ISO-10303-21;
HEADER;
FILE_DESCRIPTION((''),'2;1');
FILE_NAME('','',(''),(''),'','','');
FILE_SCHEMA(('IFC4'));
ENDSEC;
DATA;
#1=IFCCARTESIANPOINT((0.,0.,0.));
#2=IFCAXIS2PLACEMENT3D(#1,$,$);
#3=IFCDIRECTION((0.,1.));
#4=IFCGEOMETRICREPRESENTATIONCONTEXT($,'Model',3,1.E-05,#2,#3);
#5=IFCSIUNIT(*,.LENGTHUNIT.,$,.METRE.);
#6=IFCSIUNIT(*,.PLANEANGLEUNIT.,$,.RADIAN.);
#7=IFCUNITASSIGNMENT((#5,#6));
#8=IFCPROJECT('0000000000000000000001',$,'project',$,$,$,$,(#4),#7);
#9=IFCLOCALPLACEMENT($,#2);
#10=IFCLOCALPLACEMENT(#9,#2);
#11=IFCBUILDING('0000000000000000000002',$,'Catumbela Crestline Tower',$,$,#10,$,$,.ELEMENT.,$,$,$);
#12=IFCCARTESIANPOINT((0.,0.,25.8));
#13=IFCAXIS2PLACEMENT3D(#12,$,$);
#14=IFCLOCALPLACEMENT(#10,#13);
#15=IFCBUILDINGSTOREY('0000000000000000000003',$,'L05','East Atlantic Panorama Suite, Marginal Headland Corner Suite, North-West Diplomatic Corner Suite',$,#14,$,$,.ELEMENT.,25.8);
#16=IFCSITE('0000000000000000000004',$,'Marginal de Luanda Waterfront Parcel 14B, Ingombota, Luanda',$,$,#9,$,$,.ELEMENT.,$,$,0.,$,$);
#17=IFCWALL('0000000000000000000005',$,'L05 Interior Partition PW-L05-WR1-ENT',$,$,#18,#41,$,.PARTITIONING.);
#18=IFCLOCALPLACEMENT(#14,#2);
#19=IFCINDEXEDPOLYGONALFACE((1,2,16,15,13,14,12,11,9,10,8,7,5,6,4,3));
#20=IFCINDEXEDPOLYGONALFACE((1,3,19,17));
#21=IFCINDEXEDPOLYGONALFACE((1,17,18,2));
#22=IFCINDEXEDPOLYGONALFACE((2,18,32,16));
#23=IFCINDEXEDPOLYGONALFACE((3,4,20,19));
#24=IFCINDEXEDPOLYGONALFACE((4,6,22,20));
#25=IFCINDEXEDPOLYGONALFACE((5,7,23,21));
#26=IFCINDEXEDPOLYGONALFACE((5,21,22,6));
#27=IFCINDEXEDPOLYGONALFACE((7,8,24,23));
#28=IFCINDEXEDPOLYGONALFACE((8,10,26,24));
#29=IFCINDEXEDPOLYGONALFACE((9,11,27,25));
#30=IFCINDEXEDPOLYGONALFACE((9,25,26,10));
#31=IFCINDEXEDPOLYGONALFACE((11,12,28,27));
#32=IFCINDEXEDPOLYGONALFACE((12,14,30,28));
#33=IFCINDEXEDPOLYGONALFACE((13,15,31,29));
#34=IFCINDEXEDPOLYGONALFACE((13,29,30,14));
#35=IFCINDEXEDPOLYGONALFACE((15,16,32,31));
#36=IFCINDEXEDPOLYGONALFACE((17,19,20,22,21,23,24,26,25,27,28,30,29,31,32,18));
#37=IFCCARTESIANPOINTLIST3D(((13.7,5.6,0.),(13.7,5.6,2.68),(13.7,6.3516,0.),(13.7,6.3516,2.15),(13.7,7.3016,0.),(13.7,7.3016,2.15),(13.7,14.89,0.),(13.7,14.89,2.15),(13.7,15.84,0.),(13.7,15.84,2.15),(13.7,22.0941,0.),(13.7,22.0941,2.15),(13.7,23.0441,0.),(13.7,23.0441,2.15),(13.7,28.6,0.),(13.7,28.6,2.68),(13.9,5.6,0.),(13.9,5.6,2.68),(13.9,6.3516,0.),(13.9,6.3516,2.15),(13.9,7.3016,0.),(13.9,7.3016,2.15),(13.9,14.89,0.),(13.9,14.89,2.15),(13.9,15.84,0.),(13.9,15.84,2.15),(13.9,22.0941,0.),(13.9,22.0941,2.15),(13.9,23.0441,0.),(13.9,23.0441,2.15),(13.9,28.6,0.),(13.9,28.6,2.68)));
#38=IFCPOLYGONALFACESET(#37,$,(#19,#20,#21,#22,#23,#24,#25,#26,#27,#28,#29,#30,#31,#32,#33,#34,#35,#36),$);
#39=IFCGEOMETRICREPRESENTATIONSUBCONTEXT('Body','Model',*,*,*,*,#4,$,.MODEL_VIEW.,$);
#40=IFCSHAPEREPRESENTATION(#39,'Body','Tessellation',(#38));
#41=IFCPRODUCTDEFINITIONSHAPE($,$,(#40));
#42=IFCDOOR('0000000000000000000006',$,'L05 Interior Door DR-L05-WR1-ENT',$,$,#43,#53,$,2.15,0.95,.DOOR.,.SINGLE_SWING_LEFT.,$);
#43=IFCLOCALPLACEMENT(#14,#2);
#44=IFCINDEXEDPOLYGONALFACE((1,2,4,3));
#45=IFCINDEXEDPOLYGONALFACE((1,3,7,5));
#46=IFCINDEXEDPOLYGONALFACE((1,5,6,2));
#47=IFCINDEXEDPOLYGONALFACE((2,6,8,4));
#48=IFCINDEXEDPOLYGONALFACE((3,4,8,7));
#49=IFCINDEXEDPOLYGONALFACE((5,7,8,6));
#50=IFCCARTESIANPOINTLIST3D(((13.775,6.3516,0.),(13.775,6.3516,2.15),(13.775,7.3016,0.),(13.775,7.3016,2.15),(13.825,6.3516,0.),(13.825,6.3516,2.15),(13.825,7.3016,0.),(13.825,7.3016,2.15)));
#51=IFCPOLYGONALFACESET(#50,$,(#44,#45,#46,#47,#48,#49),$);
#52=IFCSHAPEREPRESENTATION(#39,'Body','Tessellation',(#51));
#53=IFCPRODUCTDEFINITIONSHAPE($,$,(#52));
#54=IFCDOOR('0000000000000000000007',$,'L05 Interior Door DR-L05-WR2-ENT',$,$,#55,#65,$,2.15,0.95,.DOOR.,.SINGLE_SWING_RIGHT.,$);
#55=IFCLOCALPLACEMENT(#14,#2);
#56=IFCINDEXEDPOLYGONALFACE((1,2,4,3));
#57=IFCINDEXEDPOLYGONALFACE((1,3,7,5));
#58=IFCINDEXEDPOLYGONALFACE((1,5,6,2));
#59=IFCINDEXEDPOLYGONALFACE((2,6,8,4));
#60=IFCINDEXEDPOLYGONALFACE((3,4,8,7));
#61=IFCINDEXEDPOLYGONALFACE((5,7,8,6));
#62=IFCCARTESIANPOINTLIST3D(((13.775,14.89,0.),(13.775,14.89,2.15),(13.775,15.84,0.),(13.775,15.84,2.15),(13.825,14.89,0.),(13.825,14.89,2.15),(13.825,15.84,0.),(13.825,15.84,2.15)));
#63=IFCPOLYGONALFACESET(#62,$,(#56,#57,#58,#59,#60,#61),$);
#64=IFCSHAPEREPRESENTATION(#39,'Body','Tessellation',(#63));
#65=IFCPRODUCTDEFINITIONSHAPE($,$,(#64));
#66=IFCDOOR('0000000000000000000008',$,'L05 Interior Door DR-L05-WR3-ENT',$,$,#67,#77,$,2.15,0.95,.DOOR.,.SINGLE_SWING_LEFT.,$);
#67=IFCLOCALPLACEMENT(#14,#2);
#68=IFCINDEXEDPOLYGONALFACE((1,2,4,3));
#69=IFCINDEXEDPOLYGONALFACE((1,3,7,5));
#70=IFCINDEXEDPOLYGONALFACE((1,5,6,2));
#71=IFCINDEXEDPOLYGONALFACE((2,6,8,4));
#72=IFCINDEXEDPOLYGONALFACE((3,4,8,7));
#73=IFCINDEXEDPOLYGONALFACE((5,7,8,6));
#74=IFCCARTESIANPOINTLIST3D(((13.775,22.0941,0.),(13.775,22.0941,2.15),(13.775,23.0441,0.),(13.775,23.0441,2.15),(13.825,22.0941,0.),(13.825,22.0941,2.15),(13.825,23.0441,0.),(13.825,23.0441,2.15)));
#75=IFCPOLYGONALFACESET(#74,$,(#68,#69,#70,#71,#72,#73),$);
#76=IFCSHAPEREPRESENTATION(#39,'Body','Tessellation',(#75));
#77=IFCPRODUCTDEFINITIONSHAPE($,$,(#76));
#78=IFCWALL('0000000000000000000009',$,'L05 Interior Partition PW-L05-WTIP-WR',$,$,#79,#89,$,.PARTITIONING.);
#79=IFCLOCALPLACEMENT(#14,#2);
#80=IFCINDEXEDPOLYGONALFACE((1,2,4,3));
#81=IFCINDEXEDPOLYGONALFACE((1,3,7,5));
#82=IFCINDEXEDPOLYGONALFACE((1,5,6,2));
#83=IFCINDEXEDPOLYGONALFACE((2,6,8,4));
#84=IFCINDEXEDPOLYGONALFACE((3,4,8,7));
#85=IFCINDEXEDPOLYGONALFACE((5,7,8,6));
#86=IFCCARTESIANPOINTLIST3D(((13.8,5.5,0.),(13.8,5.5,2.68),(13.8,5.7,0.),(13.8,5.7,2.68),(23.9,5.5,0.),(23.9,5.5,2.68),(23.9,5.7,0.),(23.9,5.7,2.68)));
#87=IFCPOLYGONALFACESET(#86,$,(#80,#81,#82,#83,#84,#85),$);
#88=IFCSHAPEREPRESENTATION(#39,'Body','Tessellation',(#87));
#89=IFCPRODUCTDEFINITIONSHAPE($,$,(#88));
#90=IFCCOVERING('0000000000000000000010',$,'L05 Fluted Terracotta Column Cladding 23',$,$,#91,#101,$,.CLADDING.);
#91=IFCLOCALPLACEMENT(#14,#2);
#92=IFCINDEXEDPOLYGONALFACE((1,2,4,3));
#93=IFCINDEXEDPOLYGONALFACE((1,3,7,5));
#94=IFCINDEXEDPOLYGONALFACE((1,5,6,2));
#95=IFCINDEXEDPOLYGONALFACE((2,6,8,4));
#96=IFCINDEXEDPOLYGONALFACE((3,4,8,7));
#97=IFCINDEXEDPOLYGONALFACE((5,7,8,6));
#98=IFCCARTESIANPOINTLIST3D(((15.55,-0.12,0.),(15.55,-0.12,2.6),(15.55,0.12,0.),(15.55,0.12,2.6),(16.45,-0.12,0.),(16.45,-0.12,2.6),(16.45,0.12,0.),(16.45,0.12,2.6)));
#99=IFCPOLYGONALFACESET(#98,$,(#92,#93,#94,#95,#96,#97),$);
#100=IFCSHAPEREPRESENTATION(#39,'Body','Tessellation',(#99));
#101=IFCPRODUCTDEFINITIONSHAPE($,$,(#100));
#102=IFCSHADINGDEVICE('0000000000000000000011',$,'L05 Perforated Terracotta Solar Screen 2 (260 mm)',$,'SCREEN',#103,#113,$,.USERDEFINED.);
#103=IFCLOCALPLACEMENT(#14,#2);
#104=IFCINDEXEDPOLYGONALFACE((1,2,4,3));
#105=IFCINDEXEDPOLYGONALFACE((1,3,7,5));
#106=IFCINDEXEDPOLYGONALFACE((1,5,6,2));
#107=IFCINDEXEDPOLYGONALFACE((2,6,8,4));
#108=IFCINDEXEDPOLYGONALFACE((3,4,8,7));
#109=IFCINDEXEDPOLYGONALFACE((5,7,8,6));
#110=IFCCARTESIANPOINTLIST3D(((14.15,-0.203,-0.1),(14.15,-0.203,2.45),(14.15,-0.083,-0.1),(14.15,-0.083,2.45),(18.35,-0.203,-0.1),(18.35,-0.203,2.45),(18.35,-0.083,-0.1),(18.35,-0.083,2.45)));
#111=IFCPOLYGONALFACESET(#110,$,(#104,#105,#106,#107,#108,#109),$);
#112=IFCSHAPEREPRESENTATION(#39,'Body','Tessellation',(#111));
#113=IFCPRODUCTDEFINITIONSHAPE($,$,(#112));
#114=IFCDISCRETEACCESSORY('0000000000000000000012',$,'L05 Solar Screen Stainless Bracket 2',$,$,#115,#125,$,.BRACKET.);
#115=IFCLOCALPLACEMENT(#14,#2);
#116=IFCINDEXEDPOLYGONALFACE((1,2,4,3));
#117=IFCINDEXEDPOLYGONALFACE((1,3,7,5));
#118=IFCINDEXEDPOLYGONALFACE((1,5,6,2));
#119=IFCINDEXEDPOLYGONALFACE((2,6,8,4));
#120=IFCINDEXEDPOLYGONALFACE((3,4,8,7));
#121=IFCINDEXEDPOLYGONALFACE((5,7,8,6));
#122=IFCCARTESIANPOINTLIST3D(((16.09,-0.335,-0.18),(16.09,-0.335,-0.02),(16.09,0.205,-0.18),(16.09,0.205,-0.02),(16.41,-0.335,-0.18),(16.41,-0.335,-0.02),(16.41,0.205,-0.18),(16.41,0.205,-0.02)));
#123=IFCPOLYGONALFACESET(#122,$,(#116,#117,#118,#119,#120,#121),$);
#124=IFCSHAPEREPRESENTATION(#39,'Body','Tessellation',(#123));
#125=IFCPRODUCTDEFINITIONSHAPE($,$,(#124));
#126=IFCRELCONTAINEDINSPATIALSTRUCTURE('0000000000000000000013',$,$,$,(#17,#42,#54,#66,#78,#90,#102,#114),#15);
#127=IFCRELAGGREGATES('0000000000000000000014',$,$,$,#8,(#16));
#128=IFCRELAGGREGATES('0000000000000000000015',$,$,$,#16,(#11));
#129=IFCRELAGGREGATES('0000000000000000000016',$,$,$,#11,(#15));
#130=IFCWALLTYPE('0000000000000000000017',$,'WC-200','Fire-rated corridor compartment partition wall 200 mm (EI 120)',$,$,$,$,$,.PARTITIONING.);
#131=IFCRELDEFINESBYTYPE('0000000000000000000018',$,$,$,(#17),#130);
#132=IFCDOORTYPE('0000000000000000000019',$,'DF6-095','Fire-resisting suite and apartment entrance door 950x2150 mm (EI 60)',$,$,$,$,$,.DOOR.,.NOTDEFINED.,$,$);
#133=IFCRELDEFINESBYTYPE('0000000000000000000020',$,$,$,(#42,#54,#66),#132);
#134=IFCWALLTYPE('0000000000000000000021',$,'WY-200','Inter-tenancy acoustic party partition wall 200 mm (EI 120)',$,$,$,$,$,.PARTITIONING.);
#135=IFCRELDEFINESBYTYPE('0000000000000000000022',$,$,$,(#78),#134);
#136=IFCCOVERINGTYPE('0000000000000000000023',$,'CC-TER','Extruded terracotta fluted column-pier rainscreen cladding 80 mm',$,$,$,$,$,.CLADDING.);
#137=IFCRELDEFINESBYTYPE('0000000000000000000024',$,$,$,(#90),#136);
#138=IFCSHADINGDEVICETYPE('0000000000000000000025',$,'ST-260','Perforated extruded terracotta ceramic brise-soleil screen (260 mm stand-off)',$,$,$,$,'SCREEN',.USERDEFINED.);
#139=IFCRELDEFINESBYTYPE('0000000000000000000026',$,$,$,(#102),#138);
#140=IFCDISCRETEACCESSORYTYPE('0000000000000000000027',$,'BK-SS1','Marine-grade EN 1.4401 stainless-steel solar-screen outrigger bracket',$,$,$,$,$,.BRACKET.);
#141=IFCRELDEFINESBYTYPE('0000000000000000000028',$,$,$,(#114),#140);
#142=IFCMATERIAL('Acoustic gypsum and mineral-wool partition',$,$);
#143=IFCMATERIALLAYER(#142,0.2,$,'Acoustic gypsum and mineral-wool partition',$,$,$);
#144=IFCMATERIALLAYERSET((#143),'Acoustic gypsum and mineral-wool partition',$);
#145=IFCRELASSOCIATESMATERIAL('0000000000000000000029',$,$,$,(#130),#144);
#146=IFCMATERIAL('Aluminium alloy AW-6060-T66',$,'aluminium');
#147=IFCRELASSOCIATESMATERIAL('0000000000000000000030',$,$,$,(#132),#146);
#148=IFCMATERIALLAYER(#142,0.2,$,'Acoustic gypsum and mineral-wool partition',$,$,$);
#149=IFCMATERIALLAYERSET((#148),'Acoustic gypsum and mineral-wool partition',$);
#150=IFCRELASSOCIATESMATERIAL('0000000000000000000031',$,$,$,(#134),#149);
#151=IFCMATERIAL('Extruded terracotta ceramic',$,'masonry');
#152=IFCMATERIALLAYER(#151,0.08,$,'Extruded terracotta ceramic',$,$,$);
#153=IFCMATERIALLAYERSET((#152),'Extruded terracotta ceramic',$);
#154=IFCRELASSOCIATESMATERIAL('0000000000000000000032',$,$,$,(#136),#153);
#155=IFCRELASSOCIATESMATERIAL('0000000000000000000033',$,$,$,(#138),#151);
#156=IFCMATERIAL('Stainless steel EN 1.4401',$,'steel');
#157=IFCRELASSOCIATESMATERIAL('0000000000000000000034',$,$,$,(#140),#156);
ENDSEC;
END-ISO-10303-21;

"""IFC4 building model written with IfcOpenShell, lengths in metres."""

from ifc_helpers import new_model, si_unit, direction, frame, frame_2d, origin, origin_2d, place, context, subcontext, project, spatial, rectangle, extrude, material, layer, layer_set, type_object, element, fill, save


model = new_model("IFC4")

# Units and contexts
model_context = context("Model", 3, precision=1e-05, world=origin(), true_north=direction((0.0, 1.0)))
body_context = subcontext(model_context, "Body", "Model", "MODEL_VIEW")
ifc_project = project(units=[si_unit("LENGTHUNIT", "METRE"), si_unit("PLANEANGLEUNIT", "RADIAN")], contexts=[model_context])

# Site, building, storey
site_placement = place(None, origin())
site = spatial("IfcSite", under=ifc_project, at=site_placement, Name="Marginal de Luanda Waterfront Parcel 14B, Ingombota, Luanda", CompositionType="ELEMENT", RefElevation=0.0)
building_placement = place(site_placement, origin())
building = spatial("IfcBuilding", under=site, at=building_placement, Name="Catumbela Crestline Tower", CompositionType="ELEMENT")
storey_placement = place(building_placement, frame((0.0, 0.0, 25.8)))
storey = spatial("IfcBuildingStorey", under=building, at=storey_placement, Name="L05", Description="East Atlantic Panorama Suite, Marginal Headland Corner Suite, North-West Diplomatic Corner Suite", CompositionType="ELEMENT", Elevation=25.8)

# Shared definitions
ifc_material_1 = material(Name="Aluminium alloy AW-6060-T66", Category="aluminium")

# Wall, openings, doors
ifc_material_2 = material(Name="Acoustic gypsum and mineral-wool partition")
ifc_layer_1 = layer(ifc_material_2, 0.2, Name="Acoustic gypsum and mineral-wool partition")
ifc_layer_set_1 = layer_set([ifc_layer_1], Name="Acoustic gypsum and mineral-wool partition")
wall_type_1 = type_object("IfcWallType", Name="WC-200", Description="Fire-rated corridor compartment partition wall 200 mm (EI 120)", PredefinedType="PARTITIONING", material=ifc_layer_set_1)
wall_1_placement = place(storey_placement, frame((13.8, 5.6, 0.0), z_axis=(0.0, 0.0, 1.0), x_axis=(0.0, 1.0, 0.0)))
wall_1 = element("IfcWall", 1, at=wall_1_placement, inside=storey, type_object=wall_type_1, Name="L05 Interior Partition PW-L05-WR1-ENT", PredefinedType="PARTITIONING", context=body_context, shape_type="SweptSolid", body=[
    extrude(rectangle(XDim=23.0, YDim=0.2, at=frame_2d((11.5, 0.0))), origin(), (0.0, 0.0, 1.0), 2.68),
])
opening_1_placement = place(wall_1_placement, frame((0.7516, 0.0, 0.0)))
opening_1 = element("IfcOpeningElement", 2, at=opening_1_placement, cuts=wall_1, PredefinedType="OPENING", context=body_context, shape_type="SweptSolid", body=[
    extrude(rectangle(XDim=0.95, YDim=2.15, at=frame_2d((0.475, 1.075))), frame((0.0, 0.11, 0.0), z_axis=(0.0, -1.0, 0.0), x_axis=(1.0, 0.0, 0.0)), (0.0, 0.0, 1.0), 0.22),
])
opening_2_placement = place(wall_1_placement, frame((9.29, 0.0, 0.0)))
opening_2 = element("IfcOpeningElement", 3, at=opening_2_placement, cuts=wall_1, PredefinedType="OPENING", context=body_context, shape_type="SweptSolid", body=[
    extrude(rectangle(XDim=0.95, YDim=2.15, at=frame_2d((0.475, 1.075))), frame((0.0, 0.11, 0.0), z_axis=(0.0, -1.0, 0.0), x_axis=(1.0, 0.0, 0.0)), (0.0, 0.0, 1.0), 0.22),
])
opening_3_placement = place(wall_1_placement, frame((16.4941, 0.0, 0.0)))
opening_3 = element("IfcOpeningElement", 4, at=opening_3_placement, cuts=wall_1, PredefinedType="OPENING", context=body_context, shape_type="SweptSolid", body=[
    extrude(rectangle(XDim=0.95, YDim=2.15, at=frame_2d((0.475, 1.075))), frame((0.0, 0.11, 0.0), z_axis=(0.0, -1.0, 0.0), x_axis=(1.0, 0.0, 0.0)), (0.0, 0.0, 1.0), 0.22),
])
door_type = type_object("IfcDoorType", Name="DF6-095", Description="Fire-resisting suite and apartment entrance door 950x2150 mm (EI 60)", OperationType="NOTDEFINED", PredefinedType="DOOR", material=ifc_material_1)
door_1_placement = place(opening_1_placement, origin())
door_1 = element("IfcDoor", 5, at=door_1_placement, inside=storey, type_object=door_type, Name="L05 Interior Door DR-L05-WR1-ENT", OperationType="SINGLE_SWING_LEFT", OverallHeight=2.15, OverallWidth=0.95, PredefinedType="DOOR", context=body_context, shape_type="SweptSolid", body=[
    extrude(rectangle(XDim=0.95, YDim=2.15, at=frame_2d((0.475, 1.075))), frame((0.0, 0.025, 0.0), z_axis=(0.0, -1.0, 0.0), x_axis=(1.0, 0.0, 0.0)), (0.0, 0.0, 1.0), 0.05),
])
fill(opening_1, door_1)
door_2_placement = place(opening_2_placement, origin())
door_2 = element("IfcDoor", 6, at=door_2_placement, inside=storey, type_object=door_type, Name="L05 Interior Door DR-L05-WR2-ENT", OperationType="SINGLE_SWING_RIGHT", OverallHeight=2.15, OverallWidth=0.95, PredefinedType="DOOR", context=body_context, shape_type="SweptSolid", body=[
    extrude(rectangle(XDim=0.95, YDim=2.15, at=frame_2d((0.475, 1.075))), frame((0.0, 0.025, 0.0), z_axis=(0.0, -1.0, 0.0), x_axis=(1.0, 0.0, 0.0)), (0.0, 0.0, 1.0), 0.05),
])
fill(opening_2, door_2)
door_3_placement = place(opening_3_placement, origin())
door_3 = element("IfcDoor", 7, at=door_3_placement, inside=storey, type_object=door_type, Name="L05 Interior Door DR-L05-WR3-ENT", OperationType="SINGLE_SWING_LEFT", OverallHeight=2.15, OverallWidth=0.95, PredefinedType="DOOR", context=body_context, shape_type="SweptSolid", body=[
    extrude(rectangle(XDim=0.95, YDim=2.15, at=frame_2d((0.475, 1.075))), frame((0.0, 0.025, 0.0), z_axis=(0.0, -1.0, 0.0), x_axis=(1.0, 0.0, 0.0)), (0.0, 0.0, 1.0), 0.05),
])
fill(opening_3, door_3)

# Wall
ifc_layer_2 = layer(ifc_material_2, 0.2, Name="Acoustic gypsum and mineral-wool partition")
ifc_layer_set_2 = layer_set([ifc_layer_2], Name="Acoustic gypsum and mineral-wool partition")
wall_type_2 = type_object("IfcWallType", Name="WY-200", Description="Inter-tenancy acoustic party partition wall 200 mm (EI 120)", PredefinedType="PARTITIONING", material=ifc_layer_set_2)
wall_2_placement = place(storey_placement, frame((13.8, 5.6, 0.0), z_axis=(0.0, 0.0, 1.0), x_axis=(1.0, 0.0, 0.0)))
element("IfcWall", 8, at=wall_2_placement, inside=storey, type_object=wall_type_2, Name="L05 Interior Partition PW-L05-WTIP-WR", PredefinedType="PARTITIONING", context=body_context, shape_type="SweptSolid", body=[
    extrude(rectangle(XDim=10.1, YDim=0.2, at=frame_2d((5.05, 0.0))), origin(), (0.0, 0.0, 1.0), 2.68),
])

# Covering
ifc_material_3 = material(Name="Extruded terracotta ceramic", Category="masonry")
ifc_layer_3 = layer(ifc_material_3, 0.08, Name="Extruded terracotta ceramic")
ifc_layer_set_3 = layer_set([ifc_layer_3], Name="Extruded terracotta ceramic")
covering_type = type_object("IfcCoveringType", Name="CC-TER", Description="Extruded terracotta fluted column-pier rainscreen cladding 80 mm", PredefinedType="CLADDING", material=ifc_layer_set_3)
covering_placement = place(storey_placement, frame((16.0, 0.0, 0.0), z_axis=(0.0, 0.0, 1.0), x_axis=(1.0, 0.0, 0.0)))
element("IfcCovering", 9, at=covering_placement, inside=storey, type_object=covering_type, Name="L05 Fluted Terracotta Column Cladding 23", PredefinedType="CLADDING", context=body_context, shape_type="SweptSolid", body=[
    extrude(rectangle(XDim=0.9, YDim=0.24, at=origin_2d()), origin(), (0.0, 0.0, 1.0), 2.6),
])

# Shading device
shading_device_type = type_object("IfcShadingDeviceType", Name="ST-260", Description="Perforated extruded terracotta ceramic brise-soleil screen (260 mm stand-off)", ElementType="SCREEN", PredefinedType="USERDEFINED", material=ifc_material_3)
shading_device_placement = place(storey_placement, frame((16.25, -0.143, -0.1), z_axis=(0.0, 0.0, 1.0), x_axis=(1.0, 0.0, 0.0)))
element("IfcShadingDevice", 10, at=shading_device_placement, inside=storey, type_object=shading_device_type, Name="L05 Perforated Terracotta Solar Screen 2 (260 mm)", ObjectType="SCREEN", PredefinedType="USERDEFINED", context=body_context, shape_type="SweptSolid", body=[
    extrude(rectangle(XDim=4.2, YDim=0.12, at=origin_2d()), origin(), (0.0, 0.0, 1.0), 2.55),
])

# Discrete accessory
ifc_material_4 = material(Name="Stainless steel EN 1.4401", Category="steel")
discrete_accessory_type = type_object("IfcDiscreteAccessoryType", Name="BK-SS1", Description="Marine-grade EN 1.4401 stainless-steel solar-screen outrigger bracket", PredefinedType="BRACKET", material=ifc_material_4)
discrete_accessory_placement = place(storey_placement, frame((16.25, -0.065, -0.18), z_axis=(0.0, 0.0, 1.0), x_axis=(1.0, 0.0, 0.0)))
element("IfcDiscreteAccessory", 11, at=discrete_accessory_placement, inside=storey, type_object=discrete_accessory_type, Name="L05 Solar Screen Stainless Bracket 2", PredefinedType="BRACKET", context=body_context, shape_type="SweptSolid", body=[
    extrude(rectangle(XDim=0.32, YDim=0.54, at=origin_2d()), origin(), (0.0, 0.0, 1.0), 0.16),
])

save(model, "model.ifc")
